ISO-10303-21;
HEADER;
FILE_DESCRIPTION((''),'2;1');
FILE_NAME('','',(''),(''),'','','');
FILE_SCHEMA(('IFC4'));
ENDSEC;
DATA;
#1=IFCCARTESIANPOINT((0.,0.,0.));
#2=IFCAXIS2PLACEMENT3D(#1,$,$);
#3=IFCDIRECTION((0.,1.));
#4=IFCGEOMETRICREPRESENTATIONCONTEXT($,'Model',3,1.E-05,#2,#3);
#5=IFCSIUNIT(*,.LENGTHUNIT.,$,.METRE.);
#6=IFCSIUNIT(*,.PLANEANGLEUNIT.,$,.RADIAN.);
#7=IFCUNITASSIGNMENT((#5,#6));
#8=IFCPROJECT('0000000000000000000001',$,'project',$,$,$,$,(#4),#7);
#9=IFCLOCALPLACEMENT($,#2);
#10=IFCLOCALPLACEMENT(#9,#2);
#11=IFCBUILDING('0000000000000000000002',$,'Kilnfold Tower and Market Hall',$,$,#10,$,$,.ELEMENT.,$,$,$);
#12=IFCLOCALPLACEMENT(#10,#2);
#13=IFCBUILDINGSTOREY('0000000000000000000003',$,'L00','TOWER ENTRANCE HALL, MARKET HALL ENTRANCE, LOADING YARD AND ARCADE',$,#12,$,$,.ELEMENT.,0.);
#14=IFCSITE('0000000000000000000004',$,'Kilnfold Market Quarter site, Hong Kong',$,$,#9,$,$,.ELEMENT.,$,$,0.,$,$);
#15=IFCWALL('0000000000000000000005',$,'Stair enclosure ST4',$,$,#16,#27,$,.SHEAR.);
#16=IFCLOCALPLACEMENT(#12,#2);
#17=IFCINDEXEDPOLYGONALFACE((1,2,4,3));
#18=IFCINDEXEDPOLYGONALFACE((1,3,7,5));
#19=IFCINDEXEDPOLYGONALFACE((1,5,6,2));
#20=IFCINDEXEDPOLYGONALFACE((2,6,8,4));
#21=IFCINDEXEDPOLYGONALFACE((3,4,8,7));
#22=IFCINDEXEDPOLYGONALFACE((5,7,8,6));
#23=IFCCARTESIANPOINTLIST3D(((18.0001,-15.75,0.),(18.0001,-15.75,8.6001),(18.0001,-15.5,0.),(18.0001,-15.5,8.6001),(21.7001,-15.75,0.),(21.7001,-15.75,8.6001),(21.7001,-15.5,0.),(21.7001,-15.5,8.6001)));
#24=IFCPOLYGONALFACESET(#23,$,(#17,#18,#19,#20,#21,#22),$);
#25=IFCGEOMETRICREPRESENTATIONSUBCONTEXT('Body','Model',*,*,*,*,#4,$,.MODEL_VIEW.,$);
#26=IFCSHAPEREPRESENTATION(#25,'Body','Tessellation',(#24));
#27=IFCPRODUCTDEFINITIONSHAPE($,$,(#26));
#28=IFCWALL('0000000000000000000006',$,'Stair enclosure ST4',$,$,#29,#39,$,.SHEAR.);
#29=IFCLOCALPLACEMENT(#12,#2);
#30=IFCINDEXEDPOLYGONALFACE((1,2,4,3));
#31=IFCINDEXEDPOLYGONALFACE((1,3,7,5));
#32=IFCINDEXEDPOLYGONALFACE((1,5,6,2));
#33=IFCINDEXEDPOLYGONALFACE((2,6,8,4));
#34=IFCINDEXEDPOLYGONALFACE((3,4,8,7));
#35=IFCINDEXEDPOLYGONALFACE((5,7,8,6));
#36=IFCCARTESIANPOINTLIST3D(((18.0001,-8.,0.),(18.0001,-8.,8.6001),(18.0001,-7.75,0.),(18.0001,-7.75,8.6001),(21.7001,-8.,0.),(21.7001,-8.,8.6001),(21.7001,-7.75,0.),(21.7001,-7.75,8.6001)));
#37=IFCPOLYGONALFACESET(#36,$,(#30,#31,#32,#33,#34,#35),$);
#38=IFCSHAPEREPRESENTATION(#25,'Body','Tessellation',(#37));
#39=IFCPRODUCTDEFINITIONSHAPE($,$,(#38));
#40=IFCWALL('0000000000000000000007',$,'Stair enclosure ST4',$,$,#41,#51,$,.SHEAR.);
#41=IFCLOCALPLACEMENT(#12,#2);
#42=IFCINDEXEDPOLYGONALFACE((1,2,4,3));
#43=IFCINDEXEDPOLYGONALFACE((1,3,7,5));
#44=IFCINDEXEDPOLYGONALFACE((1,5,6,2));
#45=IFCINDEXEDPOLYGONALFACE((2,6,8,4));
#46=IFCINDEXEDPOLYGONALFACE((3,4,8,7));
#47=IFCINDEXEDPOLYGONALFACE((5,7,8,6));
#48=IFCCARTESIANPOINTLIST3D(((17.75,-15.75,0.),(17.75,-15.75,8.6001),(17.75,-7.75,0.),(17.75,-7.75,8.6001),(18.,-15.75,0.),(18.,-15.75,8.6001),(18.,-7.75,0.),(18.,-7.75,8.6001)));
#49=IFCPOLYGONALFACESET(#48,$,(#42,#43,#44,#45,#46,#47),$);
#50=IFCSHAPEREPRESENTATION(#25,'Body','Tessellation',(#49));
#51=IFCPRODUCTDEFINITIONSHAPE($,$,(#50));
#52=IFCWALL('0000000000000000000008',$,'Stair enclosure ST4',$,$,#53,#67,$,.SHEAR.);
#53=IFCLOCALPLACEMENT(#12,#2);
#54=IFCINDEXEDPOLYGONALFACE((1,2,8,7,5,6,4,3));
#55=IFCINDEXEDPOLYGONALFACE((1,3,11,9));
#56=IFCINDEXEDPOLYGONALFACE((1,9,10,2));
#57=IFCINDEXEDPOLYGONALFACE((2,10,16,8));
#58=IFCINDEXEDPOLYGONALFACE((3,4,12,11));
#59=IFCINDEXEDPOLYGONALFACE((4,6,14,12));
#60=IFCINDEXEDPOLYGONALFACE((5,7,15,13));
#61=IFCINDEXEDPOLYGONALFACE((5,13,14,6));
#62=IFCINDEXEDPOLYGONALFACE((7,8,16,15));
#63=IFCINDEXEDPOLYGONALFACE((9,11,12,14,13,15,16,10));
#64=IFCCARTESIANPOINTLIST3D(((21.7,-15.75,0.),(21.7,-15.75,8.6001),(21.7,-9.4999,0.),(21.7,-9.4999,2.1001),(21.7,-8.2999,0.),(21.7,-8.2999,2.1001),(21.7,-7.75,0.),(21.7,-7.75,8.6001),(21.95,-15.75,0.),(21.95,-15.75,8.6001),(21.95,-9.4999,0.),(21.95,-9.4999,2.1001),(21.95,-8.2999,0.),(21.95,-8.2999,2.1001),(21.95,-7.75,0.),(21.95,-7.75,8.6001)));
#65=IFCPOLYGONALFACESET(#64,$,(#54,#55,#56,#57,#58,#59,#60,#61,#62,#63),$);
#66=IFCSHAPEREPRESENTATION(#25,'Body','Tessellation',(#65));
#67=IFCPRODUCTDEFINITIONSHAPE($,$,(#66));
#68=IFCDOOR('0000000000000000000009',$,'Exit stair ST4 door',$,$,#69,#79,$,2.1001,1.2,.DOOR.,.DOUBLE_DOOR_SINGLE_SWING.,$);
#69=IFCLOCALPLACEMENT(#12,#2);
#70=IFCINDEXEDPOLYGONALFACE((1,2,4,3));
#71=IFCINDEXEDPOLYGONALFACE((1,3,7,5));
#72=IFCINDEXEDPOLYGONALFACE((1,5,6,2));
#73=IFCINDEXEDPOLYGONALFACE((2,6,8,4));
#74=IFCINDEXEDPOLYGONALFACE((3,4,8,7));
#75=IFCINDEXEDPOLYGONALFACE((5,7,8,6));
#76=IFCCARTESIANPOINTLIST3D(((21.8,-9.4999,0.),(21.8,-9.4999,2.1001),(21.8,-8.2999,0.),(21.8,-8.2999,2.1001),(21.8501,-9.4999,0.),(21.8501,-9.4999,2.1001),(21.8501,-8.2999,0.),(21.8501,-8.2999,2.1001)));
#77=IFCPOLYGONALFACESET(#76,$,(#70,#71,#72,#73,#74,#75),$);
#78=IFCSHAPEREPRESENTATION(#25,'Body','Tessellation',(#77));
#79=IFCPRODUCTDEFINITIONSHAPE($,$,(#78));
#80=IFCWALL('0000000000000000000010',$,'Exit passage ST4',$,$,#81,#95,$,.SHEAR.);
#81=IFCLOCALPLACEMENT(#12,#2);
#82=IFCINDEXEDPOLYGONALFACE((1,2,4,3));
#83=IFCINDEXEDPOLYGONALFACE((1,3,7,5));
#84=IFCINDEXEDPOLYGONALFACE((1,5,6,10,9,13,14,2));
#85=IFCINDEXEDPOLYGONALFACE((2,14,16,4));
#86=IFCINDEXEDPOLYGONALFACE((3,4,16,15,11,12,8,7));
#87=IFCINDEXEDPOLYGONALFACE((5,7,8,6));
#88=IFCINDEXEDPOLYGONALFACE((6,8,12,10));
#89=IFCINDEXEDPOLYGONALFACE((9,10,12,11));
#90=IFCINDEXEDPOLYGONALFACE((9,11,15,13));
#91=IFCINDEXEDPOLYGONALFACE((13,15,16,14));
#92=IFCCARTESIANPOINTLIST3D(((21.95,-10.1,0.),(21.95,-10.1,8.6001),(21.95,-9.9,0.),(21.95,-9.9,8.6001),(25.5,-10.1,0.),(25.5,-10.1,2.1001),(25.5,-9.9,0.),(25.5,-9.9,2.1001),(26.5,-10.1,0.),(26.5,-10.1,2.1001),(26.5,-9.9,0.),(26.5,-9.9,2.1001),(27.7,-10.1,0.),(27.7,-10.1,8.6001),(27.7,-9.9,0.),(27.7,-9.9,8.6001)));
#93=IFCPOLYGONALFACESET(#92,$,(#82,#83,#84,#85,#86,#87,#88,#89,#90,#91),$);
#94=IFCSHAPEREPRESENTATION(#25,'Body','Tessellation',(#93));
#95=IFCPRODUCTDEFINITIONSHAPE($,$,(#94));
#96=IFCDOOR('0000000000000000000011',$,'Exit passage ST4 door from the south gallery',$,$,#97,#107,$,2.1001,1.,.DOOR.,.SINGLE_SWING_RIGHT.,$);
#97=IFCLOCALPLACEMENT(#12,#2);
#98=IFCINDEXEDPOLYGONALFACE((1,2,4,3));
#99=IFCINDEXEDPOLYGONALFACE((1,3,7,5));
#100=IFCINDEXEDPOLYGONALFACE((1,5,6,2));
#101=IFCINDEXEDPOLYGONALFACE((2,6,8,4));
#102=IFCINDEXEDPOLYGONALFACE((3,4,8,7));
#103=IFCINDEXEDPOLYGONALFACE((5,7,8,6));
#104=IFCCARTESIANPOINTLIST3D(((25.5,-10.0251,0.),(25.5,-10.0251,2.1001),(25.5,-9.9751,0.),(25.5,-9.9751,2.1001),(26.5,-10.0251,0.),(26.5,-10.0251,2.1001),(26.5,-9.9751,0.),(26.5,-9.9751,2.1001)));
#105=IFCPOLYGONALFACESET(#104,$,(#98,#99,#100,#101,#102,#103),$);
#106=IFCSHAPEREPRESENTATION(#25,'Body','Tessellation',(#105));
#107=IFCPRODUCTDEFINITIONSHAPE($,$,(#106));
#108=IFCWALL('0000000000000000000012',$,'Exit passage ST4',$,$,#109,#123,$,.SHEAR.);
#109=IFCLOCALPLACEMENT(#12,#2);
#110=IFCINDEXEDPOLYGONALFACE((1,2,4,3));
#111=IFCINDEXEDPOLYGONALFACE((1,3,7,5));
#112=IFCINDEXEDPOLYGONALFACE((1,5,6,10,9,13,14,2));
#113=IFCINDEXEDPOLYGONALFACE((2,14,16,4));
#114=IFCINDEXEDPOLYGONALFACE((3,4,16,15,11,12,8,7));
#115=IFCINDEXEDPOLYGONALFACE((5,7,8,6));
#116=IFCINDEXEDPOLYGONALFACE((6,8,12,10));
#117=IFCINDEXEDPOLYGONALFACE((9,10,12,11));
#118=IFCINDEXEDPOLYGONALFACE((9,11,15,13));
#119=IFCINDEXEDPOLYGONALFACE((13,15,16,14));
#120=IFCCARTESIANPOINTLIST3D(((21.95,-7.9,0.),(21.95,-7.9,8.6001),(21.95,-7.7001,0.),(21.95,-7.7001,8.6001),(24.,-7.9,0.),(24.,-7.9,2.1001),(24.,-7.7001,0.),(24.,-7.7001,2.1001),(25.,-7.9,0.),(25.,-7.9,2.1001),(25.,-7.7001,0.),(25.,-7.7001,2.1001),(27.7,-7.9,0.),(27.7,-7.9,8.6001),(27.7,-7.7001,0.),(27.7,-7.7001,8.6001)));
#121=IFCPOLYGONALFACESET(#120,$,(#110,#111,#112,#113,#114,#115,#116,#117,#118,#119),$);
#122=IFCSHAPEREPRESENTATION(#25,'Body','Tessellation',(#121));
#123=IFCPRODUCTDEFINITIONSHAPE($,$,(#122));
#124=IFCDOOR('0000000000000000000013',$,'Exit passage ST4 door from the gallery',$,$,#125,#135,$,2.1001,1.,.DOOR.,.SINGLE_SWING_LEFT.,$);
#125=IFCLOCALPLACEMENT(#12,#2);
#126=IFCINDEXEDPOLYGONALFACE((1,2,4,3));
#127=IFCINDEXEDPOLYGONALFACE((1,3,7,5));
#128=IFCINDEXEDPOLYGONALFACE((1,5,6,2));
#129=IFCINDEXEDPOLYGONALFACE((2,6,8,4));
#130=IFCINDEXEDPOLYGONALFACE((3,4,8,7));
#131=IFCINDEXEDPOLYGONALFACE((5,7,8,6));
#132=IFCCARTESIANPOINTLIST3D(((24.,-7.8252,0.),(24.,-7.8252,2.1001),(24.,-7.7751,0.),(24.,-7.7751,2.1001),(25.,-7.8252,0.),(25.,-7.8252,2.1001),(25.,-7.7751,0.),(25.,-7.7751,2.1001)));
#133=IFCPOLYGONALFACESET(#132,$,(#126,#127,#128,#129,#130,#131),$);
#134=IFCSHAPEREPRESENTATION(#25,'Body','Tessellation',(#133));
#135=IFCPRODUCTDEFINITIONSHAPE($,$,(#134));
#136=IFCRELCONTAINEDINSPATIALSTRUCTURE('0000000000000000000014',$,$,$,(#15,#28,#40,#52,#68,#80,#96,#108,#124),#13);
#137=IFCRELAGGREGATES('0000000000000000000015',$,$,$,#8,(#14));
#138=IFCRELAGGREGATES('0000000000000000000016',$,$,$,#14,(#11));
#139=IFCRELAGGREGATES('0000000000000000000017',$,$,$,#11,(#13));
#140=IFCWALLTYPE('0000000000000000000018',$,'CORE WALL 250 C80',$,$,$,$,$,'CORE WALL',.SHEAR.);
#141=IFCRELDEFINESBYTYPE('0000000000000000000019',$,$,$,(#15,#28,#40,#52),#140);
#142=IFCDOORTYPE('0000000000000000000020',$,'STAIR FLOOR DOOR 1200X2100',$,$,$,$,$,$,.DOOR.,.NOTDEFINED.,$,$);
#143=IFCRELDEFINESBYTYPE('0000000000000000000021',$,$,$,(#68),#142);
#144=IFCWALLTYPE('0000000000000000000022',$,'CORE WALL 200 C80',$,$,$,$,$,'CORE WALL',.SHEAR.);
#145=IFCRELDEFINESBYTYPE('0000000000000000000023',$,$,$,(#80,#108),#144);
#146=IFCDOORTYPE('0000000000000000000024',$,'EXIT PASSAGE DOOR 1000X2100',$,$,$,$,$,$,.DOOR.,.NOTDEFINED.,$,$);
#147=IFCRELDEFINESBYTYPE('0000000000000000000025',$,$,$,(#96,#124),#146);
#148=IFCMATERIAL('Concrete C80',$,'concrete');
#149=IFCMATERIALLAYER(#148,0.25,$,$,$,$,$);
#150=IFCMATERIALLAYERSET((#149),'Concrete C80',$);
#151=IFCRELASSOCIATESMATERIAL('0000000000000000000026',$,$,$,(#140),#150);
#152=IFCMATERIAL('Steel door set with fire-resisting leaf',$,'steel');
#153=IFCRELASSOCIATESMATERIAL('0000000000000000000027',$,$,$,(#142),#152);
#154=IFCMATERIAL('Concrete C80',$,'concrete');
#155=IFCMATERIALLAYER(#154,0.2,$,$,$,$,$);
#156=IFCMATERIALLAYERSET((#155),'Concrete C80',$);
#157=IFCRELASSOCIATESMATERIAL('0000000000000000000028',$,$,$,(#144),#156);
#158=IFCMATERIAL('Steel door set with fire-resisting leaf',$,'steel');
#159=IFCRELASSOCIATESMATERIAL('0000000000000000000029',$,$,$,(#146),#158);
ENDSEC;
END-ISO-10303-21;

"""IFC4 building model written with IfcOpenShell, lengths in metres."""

from ifc_helpers import new_model, si_unit, direction, frame, frame_2d, origin, place, context, subcontext, project, spatial, rectangle, extrude, source, transform, mapped, material, layer, layer_set, type_object, element, fill, save


model = new_model("IFC4")

# Units and contexts
model_context = context("Model", 3, precision=1e-05, world=origin(), true_north=direction((0.0, 1.0)))
body_context = subcontext(model_context, "Body", "Model", "MODEL_VIEW")
ifc_project = project(units=[si_unit("LENGTHUNIT", "METRE"), si_unit("PLANEANGLEUNIT", "RADIAN")], contexts=[model_context])

# Site, building, storey
site_placement = place(None, origin())
site = spatial("IfcSite", under=ifc_project, at=site_placement, Name="Kilnfold Market Quarter site, Hong Kong", CompositionType="ELEMENT", RefElevation=0.0)
building_placement = place(site_placement, origin())
building = spatial("IfcBuilding", under=site, at=building_placement, Name="Kilnfold Tower and Market Hall", CompositionType="ELEMENT")
storey_placement = place(building_placement, origin())
storey = spatial("IfcBuildingStorey", under=building, at=storey_placement, Name="L00", Description="TOWER ENTRANCE HALL, MARKET HALL ENTRANCE, LOADING YARD AND ARCADE", CompositionType="ELEMENT", Elevation=0.0)

# Walls
ifc_material_1 = material(Name="Concrete C80", Category="concrete")
ifc_layer_1 = layer(ifc_material_1, 0.25)
ifc_layer_set_1 = layer_set([ifc_layer_1], Name="Concrete C80")
wall_type_1 = type_object("IfcWallType", Name="CORE WALL 250 C80", ElementType="CORE WALL", PredefinedType="SHEAR", material=ifc_layer_set_1)
shared_shape_1 = source(origin(), body_context, "Body", "SweptSolid", [
    extrude(rectangle(XDim=3.7, YDim=0.25, at=frame_2d((1.8501, 0.0))), origin(), (0.0, 0.0, 1.0), 8.6001),
])
for number, where, z_axis, x_axis, name in (
    (1, (18.0, -15.625, 0.0), (0.0, 0.0, 1.0), (1.0, 0.0, 0.0), "Stair enclosure ST4"),
    (2, (18.0, -7.875, 0.0), (0.0, 0.0, 1.0), (1.0, 0.0, 0.0), "Stair enclosure ST4"),
):
    element("IfcWall", number, at=place(storey_placement, frame(where, z_axis=z_axis, x_axis=x_axis)), inside=storey, type_object=wall_type_1, Name=name, PredefinedType="SHEAR", context=body_context, shape_type="MappedRepresentation", body=[
        mapped(shared_shape_1, transform((0.0, 0.0, 0.0))),
    ])
shared_shape_2 = source(origin(), body_context, "Body", "SweptSolid", [
    extrude(rectangle(XDim=8.0, YDim=0.25, at=frame_2d((4.0, 0.0))), origin(), (0.0, 0.0, 1.0), 8.6001),
])
wall_1_placement = place(storey_placement, frame((17.875, -15.75, 0.0), z_axis=(0.0, 0.0, 1.0), x_axis=(0.0, 1.0, 0.0)))
element("IfcWall", 3, at=wall_1_placement, inside=storey, type_object=wall_type_1, Name="Stair enclosure ST4", PredefinedType="SHEAR", context=body_context, shape_type="MappedRepresentation", body=[
    mapped(shared_shape_2, transform((0.0, 0.0, 0.0))),
])

# Walls, openings, doors
wall_2_placement = place(storey_placement, frame((21.825, -15.75, 0.0), z_axis=(0.0, 0.0, 1.0), x_axis=(0.0, 1.0, 0.0)))
wall_2 = element("IfcWall", 4, at=wall_2_placement, inside=storey, type_object=wall_type_1, Name="Stair enclosure ST4", PredefinedType="SHEAR", context=body_context, shape_type="MappedRepresentation", body=[
    mapped(shared_shape_2, transform((0.0, 0.0, 0.0))),
])
opening_1_placement = place(wall_2_placement, frame((6.25, 0.0, 0.0)))
opening_1 = element("IfcOpeningElement", 5, at=opening_1_placement, cuts=wall_2, PredefinedType="OPENING", context=body_context, shape_type="SweptSolid", body=[
    extrude(rectangle(XDim=1.2, YDim=2.1001, at=frame_2d((0.6001, 1.05))), frame((0.0, 0.135, 0.0), z_axis=(0.0, -1.0, 0.0), x_axis=(1.0, 0.0, 0.0)), (0.0, 0.0, 1.0), 0.27),
])
ifc_material_2 = material(Name="Steel door set with fire-resisting leaf", Category="steel")
door_type_1 = type_object("IfcDoorType", Name="STAIR FLOOR DOOR 1200X2100", OperationType="NOTDEFINED", PredefinedType="DOOR", material=ifc_material_2)
door_1_placement = place(opening_1_placement, origin())
door_1 = element("IfcDoor", 6, at=door_1_placement, inside=storey, type_object=door_type_1, Name="Exit stair ST4 door", OperationType="DOUBLE_DOOR_SINGLE_SWING", OverallHeight=2.1001, OverallWidth=1.2, PredefinedType="DOOR", context=body_context, shape_type="SweptSolid", body=[
    extrude(rectangle(XDim=1.2, YDim=2.1001, at=frame_2d((0.6001, 1.05))), frame((0.0, 0.0249, 0.0), z_axis=(0.0, -1.0, 0.0), x_axis=(1.0, 0.0, 0.0)), (0.0, 0.0, 1.0), 0.05),
])
fill(opening_1, door_1)
ifc_material_3 = material(Name="Concrete C80", Category="concrete")
ifc_layer_2 = layer(ifc_material_3, 0.2)
ifc_layer_set_2 = layer_set([ifc_layer_2], Name="Concrete C80")
wall_type_2 = type_object("IfcWallType", Name="CORE WALL 200 C80", ElementType="CORE WALL", PredefinedType="SHEAR", material=ifc_layer_set_2)
shared_shape_3 = source(origin(), body_context, "Body", "SweptSolid", [
    extrude(rectangle(XDim=5.75, YDim=0.2, at=frame_2d((2.875, 0.0))), origin(), (0.0, 0.0, 1.0), 8.6001),
])
wall_3_placement = place(storey_placement, frame((21.95, -10.0, 0.0), z_axis=(0.0, 0.0, 1.0), x_axis=(1.0, 0.0, 0.0)))
wall_3 = element("IfcWall", 7, at=wall_3_placement, inside=storey, type_object=wall_type_2, Name="Exit passage ST4", PredefinedType="SHEAR", context=body_context, shape_type="MappedRepresentation", body=[
    mapped(shared_shape_3, transform((0.0, 0.0, 0.0))),
])
opening_2_placement = place(wall_3_placement, frame((3.55, 0.0, 0.0)))
opening_2 = element("IfcOpeningElement", 8, at=opening_2_placement, cuts=wall_3, PredefinedType="OPENING", context=body_context, shape_type="SweptSolid", body=[
    extrude(rectangle(XDim=1.0, YDim=2.1001, at=frame_2d((0.5, 1.05))), frame((0.0, 0.1099, 0.0), z_axis=(0.0, -1.0, 0.0), x_axis=(1.0, 0.0, 0.0)), (0.0, 0.0, 1.0), 0.22),
])
ifc_material_4 = material(Name="Steel door set with fire-resisting leaf", Category="steel")
door_type_2 = type_object("IfcDoorType", Name="EXIT PASSAGE DOOR 1000X2100", OperationType="NOTDEFINED", PredefinedType="DOOR", material=ifc_material_4)
door_2_placement = place(opening_2_placement, origin())
door_2 = element("IfcDoor", 9, at=door_2_placement, inside=storey, type_object=door_type_2, Name="Exit passage ST4 door from the south gallery", OperationType="SINGLE_SWING_RIGHT", OverallHeight=2.1001, OverallWidth=1.0, PredefinedType="DOOR", context=body_context, shape_type="SweptSolid", body=[
    extrude(rectangle(XDim=1.0, YDim=2.1001, at=frame_2d((0.5, 1.05))), frame((0.0, 0.0249, 0.0), z_axis=(0.0, -1.0, 0.0), x_axis=(1.0, 0.0, 0.0)), (0.0, 0.0, 1.0), 0.05),
])
fill(opening_2, door_2)
wall_4_placement = place(storey_placement, frame((21.95, -7.8, 0.0), z_axis=(0.0, 0.0, 1.0), x_axis=(1.0, 0.0, 0.0)))
wall_4 = element("IfcWall", 10, at=wall_4_placement, inside=storey, type_object=wall_type_2, Name="Exit passage ST4", PredefinedType="SHEAR", context=body_context, shape_type="MappedRepresentation", body=[
    mapped(shared_shape_3, transform((0.0, 0.0, 0.0))),
])
opening_3_placement = place(wall_4_placement, frame((2.05, 0.0, 0.0)))
opening_3 = element("IfcOpeningElement", 11, at=opening_3_placement, cuts=wall_4, PredefinedType="OPENING", context=body_context, shape_type="SweptSolid", body=[
    extrude(rectangle(XDim=1.0, YDim=2.1001, at=frame_2d((0.5, 1.05))), frame((0.0, 0.1099, 0.0), z_axis=(0.0, -1.0, 0.0), x_axis=(1.0, 0.0, 0.0)), (0.0, 0.0, 1.0), 0.22),
])
door_3_placement = place(opening_3_placement, origin())
door_3 = element("IfcDoor", 12, at=door_3_placement, inside=storey, type_object=door_type_2, Name="Exit passage ST4 door from the gallery", OperationType="SINGLE_SWING_LEFT", OverallHeight=2.1001, OverallWidth=1.0, PredefinedType="DOOR", context=body_context, shape_type="SweptSolid", body=[
    extrude(rectangle(XDim=1.0, YDim=2.1001, at=frame_2d((0.5, 1.05))), frame((0.0, 0.0249, 0.0), z_axis=(0.0, -1.0, 0.0), x_axis=(1.0, 0.0, 0.0)), (0.0, 0.0, 1.0), 0.05),
])
fill(opening_3, door_3)

save(model, "model.ifc")
